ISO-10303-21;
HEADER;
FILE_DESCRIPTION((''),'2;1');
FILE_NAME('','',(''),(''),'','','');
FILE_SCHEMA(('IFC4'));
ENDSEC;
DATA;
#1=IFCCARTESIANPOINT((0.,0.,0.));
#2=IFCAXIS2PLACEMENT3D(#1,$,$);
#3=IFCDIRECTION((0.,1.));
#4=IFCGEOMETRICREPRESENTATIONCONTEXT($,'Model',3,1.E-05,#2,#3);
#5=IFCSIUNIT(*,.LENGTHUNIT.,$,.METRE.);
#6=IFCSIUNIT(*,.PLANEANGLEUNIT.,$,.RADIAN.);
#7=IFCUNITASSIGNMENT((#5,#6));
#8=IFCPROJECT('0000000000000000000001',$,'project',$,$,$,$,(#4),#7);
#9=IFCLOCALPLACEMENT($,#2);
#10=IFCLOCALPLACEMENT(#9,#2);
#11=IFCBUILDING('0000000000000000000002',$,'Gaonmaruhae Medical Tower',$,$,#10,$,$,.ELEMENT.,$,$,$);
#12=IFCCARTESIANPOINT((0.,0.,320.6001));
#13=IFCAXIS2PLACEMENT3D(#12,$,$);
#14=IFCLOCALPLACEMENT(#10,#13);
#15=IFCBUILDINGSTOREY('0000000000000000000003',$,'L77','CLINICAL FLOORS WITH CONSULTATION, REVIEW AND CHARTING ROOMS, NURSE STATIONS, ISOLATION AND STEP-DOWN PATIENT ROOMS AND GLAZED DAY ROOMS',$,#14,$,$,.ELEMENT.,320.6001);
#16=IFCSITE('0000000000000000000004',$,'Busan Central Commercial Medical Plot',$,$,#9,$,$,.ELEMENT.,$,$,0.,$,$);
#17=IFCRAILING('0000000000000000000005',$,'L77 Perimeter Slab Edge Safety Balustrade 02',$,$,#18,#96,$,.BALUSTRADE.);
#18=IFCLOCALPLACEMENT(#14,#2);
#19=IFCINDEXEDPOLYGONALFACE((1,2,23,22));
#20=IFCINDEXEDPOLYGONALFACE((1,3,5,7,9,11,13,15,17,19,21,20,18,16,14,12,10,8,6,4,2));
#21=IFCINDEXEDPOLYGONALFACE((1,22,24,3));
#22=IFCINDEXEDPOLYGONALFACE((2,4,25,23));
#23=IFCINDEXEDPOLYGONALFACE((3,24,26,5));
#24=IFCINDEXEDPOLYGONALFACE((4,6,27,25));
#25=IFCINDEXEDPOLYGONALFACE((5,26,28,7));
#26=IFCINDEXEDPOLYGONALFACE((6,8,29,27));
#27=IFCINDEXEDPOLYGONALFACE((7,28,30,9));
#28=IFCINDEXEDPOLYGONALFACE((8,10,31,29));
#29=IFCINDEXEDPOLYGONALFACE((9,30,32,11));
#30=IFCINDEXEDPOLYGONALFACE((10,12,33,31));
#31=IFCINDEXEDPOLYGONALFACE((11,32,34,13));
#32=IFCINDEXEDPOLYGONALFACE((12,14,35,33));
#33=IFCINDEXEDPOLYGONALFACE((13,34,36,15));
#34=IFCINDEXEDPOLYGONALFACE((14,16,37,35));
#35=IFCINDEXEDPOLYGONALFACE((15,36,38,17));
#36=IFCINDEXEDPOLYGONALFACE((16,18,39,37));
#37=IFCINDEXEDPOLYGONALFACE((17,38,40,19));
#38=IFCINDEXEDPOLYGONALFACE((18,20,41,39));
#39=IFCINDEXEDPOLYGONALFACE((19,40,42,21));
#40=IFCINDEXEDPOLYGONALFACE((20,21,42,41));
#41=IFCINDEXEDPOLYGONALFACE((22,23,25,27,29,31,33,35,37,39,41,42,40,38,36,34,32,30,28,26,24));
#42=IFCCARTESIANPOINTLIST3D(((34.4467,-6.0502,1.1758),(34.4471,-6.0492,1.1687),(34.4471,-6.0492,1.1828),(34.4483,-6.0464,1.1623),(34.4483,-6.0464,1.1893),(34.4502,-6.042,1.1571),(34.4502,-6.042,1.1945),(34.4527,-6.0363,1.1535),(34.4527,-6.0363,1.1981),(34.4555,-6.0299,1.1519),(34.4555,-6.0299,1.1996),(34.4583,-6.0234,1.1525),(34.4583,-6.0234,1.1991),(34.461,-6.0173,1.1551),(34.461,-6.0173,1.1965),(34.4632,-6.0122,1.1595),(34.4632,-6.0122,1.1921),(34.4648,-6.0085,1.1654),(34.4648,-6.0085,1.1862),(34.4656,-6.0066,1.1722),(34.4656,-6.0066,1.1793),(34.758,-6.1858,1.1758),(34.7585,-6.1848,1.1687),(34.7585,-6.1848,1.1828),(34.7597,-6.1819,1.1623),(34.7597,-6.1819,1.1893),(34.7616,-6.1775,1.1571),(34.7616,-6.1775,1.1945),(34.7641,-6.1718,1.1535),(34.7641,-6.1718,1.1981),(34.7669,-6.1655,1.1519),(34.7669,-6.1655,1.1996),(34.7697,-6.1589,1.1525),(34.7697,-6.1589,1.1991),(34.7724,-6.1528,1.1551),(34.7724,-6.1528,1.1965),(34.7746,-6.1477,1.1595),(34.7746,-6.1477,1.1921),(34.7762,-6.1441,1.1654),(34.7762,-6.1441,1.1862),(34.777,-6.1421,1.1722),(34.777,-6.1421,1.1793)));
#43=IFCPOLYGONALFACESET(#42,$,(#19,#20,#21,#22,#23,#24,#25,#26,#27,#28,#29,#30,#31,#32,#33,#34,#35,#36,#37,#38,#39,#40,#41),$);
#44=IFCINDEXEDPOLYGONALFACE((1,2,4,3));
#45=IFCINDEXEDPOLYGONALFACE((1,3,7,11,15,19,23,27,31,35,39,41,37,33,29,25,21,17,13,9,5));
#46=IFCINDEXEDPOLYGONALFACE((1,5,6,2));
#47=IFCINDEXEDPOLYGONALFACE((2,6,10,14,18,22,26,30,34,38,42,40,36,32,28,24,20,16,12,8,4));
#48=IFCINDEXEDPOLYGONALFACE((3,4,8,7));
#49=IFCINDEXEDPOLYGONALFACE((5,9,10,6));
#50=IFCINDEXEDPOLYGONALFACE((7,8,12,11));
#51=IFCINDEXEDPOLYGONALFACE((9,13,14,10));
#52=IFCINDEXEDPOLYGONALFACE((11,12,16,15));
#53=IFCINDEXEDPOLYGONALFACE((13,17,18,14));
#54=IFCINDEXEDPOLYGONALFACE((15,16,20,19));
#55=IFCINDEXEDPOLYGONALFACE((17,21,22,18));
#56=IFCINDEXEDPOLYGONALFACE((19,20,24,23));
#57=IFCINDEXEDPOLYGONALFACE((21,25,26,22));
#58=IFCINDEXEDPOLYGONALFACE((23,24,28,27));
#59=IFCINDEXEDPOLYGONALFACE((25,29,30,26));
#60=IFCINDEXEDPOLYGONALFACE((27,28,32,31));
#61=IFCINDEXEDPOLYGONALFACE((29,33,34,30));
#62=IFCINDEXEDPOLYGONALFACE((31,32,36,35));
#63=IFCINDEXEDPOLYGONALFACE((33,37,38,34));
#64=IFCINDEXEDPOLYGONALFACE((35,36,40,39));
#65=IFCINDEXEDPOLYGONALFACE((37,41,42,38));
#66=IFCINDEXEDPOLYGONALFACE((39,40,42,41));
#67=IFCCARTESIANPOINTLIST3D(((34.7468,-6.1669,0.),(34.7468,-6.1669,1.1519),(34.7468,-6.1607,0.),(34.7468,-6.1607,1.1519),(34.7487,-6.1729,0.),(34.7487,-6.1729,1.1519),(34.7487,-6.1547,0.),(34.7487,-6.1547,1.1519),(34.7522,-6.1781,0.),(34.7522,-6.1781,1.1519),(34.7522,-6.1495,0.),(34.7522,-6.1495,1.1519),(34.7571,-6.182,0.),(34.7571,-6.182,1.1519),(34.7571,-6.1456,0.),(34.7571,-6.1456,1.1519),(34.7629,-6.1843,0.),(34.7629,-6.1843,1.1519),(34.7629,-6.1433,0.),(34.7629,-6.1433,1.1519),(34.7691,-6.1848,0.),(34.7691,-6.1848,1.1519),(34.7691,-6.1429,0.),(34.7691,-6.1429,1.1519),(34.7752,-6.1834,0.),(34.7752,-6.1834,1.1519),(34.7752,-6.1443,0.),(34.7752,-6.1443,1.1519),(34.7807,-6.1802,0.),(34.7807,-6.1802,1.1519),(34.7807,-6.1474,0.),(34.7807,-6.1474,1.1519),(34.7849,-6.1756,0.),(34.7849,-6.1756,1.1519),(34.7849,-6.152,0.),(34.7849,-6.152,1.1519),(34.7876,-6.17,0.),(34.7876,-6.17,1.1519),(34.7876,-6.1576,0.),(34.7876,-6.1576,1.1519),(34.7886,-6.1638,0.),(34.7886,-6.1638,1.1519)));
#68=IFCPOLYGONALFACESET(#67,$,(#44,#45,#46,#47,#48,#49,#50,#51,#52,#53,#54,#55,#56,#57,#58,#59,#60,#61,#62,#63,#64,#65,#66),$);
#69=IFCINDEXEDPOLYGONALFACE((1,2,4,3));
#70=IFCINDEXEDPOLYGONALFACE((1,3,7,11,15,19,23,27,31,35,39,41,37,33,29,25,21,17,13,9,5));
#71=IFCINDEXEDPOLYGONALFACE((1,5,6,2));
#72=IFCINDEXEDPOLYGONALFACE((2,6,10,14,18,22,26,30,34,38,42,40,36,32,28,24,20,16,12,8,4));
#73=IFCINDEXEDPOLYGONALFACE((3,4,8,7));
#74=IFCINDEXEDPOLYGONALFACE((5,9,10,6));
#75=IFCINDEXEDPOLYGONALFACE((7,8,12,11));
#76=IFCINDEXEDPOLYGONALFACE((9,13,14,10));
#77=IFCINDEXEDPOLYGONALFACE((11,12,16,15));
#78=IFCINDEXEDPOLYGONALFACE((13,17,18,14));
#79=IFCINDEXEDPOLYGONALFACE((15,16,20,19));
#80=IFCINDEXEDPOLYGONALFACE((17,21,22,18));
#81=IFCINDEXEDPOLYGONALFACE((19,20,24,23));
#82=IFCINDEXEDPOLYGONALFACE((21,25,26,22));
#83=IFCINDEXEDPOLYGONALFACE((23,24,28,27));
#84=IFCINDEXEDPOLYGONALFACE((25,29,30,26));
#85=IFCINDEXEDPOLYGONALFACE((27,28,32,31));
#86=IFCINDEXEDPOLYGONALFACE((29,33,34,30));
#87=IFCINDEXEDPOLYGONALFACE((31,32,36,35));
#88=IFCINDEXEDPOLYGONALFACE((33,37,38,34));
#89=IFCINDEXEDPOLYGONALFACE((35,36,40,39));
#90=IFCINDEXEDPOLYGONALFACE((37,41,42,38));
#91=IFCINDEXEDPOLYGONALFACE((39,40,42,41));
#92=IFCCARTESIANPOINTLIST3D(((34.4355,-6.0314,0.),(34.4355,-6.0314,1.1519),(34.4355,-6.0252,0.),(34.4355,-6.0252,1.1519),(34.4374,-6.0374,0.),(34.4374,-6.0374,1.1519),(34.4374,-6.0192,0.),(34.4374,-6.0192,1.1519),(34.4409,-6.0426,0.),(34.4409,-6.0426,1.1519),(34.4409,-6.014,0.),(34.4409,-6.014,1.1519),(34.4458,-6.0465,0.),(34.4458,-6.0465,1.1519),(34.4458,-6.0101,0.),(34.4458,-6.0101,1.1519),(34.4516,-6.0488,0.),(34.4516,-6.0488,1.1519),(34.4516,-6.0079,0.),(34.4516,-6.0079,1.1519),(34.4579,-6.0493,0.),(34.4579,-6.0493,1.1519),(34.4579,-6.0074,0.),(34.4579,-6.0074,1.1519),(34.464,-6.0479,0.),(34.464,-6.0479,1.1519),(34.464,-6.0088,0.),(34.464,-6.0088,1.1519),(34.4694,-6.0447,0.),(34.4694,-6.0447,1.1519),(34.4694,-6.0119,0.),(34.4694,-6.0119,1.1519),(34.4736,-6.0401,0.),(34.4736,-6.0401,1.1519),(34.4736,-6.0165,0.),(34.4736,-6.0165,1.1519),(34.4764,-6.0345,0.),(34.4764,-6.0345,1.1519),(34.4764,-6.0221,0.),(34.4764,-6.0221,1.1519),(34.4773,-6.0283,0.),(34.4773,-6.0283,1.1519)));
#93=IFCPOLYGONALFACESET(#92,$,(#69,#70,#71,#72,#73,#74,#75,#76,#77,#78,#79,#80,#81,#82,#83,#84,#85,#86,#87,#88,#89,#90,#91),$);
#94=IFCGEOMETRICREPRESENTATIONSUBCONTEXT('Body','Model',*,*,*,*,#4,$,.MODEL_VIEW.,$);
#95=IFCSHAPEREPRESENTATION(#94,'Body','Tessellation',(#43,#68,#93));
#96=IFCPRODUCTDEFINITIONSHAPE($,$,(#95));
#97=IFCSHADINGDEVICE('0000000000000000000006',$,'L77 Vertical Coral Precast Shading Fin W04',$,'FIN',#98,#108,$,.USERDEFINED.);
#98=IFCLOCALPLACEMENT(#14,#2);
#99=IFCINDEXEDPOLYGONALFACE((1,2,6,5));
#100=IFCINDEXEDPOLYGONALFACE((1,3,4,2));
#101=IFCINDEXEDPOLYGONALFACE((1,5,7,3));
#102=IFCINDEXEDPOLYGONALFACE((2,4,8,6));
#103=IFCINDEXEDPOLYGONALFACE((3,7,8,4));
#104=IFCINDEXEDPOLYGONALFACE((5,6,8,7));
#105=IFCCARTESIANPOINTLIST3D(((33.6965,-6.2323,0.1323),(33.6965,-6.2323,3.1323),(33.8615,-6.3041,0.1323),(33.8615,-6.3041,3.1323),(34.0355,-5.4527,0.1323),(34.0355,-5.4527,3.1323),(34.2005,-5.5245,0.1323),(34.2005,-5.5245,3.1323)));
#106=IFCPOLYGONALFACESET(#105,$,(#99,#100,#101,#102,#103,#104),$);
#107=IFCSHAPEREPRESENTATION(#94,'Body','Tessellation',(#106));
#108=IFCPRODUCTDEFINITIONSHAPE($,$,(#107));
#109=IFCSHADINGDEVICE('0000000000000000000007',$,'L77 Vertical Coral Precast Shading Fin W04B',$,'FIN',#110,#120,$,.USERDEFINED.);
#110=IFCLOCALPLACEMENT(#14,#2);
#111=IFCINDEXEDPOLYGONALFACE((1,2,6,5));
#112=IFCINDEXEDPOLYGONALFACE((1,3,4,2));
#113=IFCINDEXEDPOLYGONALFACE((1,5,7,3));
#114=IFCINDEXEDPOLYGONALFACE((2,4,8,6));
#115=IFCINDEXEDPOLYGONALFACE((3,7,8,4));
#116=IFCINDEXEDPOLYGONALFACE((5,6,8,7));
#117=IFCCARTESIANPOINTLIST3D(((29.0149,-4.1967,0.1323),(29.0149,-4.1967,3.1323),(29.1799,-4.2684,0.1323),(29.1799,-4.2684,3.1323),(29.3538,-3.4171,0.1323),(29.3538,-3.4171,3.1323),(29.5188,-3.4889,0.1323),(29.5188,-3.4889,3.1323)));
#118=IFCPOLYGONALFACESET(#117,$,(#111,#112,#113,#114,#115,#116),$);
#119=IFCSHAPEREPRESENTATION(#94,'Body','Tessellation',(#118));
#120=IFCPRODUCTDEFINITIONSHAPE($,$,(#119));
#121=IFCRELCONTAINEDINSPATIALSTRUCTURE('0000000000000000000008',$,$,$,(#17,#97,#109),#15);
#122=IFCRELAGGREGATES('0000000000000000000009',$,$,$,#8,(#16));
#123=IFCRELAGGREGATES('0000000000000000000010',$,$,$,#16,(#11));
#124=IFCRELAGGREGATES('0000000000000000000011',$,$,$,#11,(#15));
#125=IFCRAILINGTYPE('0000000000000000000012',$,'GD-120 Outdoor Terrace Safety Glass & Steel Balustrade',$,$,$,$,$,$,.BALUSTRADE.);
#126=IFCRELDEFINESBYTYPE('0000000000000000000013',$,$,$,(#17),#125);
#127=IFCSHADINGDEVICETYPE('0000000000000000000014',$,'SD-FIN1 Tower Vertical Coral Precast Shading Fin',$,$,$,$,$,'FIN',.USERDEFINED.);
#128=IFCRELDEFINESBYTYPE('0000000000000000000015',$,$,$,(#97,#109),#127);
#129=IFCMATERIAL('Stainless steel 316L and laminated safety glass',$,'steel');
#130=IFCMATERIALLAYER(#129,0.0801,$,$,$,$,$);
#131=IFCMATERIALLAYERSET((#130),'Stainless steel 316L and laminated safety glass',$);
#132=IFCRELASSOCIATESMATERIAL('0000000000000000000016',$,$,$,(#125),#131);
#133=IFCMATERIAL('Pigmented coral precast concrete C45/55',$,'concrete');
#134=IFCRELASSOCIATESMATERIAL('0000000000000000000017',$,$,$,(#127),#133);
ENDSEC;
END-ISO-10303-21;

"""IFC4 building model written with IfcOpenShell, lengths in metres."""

from ifc_helpers import new_model, si_unit, direction, frame, origin, origin_2d, place, context, subcontext, project, spatial, rectangle, circle, extrude, material, layer, layer_set, type_object, element, save


model = new_model("IFC4")

# Units and contexts
model_context = context("Model", 3, precision=1e-05, world=origin(), true_north=direction((0.0, 1.0)))
body_context = subcontext(model_context, "Body", "Model", "MODEL_VIEW")
ifc_project = project(units=[si_unit("LENGTHUNIT", "METRE"), si_unit("PLANEANGLEUNIT", "RADIAN")], contexts=[model_context])

# Site, building, storey
site_placement = place(None, origin())
site = spatial("IfcSite", under=ifc_project, at=site_placement, Name="Busan Central Commercial Medical Plot", CompositionType="ELEMENT", RefElevation=0.0)
building_placement = place(site_placement, origin())
building = spatial("IfcBuilding", under=site, at=building_placement, Name="Gaonmaruhae Medical Tower", CompositionType="ELEMENT")
storey_placement = place(building_placement, frame((0.0, 0.0, 320.6001)))
storey = spatial("IfcBuildingStorey", under=building, at=storey_placement, Name="L77", Description="CLINICAL FLOORS WITH CONSULTATION, REVIEW AND CHARTING ROOMS, NURSE STATIONS, ISOLATION AND STEP-DOWN PATIENT ROOMS AND GLAZED DAY ROOMS", CompositionType="ELEMENT", Elevation=320.6001)

# Railing
ifc_material_1 = material(Name="Stainless steel 316L and laminated safety glass", Category="steel")
ifc_layer_1 = layer(ifc_material_1, 0.0801)
ifc_layer_set_1 = layer_set([ifc_layer_1], Name="Stainless steel 316L and laminated safety glass")
railing_type = type_object("IfcRailingType", Name="GD-120 Outdoor Terrace Safety Glass & Steel Balustrade", PredefinedType="BALUSTRADE", material=ifc_layer_set_1)
railing_placement = place(storey_placement, frame((34.7676, -6.1638, 0.0)))
element("IfcRailing", 1, at=railing_placement, inside=storey, type_object=railing_type, Name="L77 Perimeter Slab Edge Safety Balustrade 02", PredefinedType="BALUSTRADE", context=body_context, shape_type="SweptSolid", body=[
    extrude(circle(Radius=0.0239, at=origin_2d()), frame((0.0, 0.0, 1.1758), z_axis=(-0.916898, 0.399121, 0.0), x_axis=(-0.399121, -0.916898, 0.0)), (0.0, 0.0, 1.0), 0.3396),
    extrude(circle(Radius=0.021, at=origin_2d()), origin(), (0.0, 0.0, 1.0), 1.1519),
    extrude(circle(Radius=0.021, at=origin_2d()), frame((-0.3113, 0.1355, 0.0)), (0.0, 0.0, 1.0), 1.1519),
])

# Shading devices
ifc_material_2 = material(Name="Pigmented coral precast concrete C45/55", Category="concrete")
shading_device_type = type_object("IfcShadingDeviceType", Name="SD-FIN1 Tower Vertical Coral Precast Shading Fin", ElementType="FIN", PredefinedType="USERDEFINED", material=ifc_material_2)
for number, where, z_axis, x_axis, name in (
    (2, (33.9485, -5.8784, 0.1323), (0.0, 0.0, 1.0), (-0.91706, 0.398749, 0.0), "L77 Vertical Coral Precast Shading Fin W04"),
    (3, (29.2668, -3.8428, 0.1323), (0.0, 0.0, 1.0), (-0.91706, 0.398749, 0.0), "L77 Vertical Coral Precast Shading Fin W04B"),
):
    element("IfcShadingDevice", number, at=place(storey_placement, frame(where, z_axis=z_axis, x_axis=x_axis)), inside=storey, type_object=shading_device_type, Name=name, ObjectType="FIN", PredefinedType="USERDEFINED", context=body_context, shape_type="SweptSolid", body=[
        extrude(rectangle(XDim=0.1799, YDim=0.8501, at=origin_2d()), origin(), (0.0, 0.0, 1.0), 3.0),
    ])

save(model, "model.ifc")
